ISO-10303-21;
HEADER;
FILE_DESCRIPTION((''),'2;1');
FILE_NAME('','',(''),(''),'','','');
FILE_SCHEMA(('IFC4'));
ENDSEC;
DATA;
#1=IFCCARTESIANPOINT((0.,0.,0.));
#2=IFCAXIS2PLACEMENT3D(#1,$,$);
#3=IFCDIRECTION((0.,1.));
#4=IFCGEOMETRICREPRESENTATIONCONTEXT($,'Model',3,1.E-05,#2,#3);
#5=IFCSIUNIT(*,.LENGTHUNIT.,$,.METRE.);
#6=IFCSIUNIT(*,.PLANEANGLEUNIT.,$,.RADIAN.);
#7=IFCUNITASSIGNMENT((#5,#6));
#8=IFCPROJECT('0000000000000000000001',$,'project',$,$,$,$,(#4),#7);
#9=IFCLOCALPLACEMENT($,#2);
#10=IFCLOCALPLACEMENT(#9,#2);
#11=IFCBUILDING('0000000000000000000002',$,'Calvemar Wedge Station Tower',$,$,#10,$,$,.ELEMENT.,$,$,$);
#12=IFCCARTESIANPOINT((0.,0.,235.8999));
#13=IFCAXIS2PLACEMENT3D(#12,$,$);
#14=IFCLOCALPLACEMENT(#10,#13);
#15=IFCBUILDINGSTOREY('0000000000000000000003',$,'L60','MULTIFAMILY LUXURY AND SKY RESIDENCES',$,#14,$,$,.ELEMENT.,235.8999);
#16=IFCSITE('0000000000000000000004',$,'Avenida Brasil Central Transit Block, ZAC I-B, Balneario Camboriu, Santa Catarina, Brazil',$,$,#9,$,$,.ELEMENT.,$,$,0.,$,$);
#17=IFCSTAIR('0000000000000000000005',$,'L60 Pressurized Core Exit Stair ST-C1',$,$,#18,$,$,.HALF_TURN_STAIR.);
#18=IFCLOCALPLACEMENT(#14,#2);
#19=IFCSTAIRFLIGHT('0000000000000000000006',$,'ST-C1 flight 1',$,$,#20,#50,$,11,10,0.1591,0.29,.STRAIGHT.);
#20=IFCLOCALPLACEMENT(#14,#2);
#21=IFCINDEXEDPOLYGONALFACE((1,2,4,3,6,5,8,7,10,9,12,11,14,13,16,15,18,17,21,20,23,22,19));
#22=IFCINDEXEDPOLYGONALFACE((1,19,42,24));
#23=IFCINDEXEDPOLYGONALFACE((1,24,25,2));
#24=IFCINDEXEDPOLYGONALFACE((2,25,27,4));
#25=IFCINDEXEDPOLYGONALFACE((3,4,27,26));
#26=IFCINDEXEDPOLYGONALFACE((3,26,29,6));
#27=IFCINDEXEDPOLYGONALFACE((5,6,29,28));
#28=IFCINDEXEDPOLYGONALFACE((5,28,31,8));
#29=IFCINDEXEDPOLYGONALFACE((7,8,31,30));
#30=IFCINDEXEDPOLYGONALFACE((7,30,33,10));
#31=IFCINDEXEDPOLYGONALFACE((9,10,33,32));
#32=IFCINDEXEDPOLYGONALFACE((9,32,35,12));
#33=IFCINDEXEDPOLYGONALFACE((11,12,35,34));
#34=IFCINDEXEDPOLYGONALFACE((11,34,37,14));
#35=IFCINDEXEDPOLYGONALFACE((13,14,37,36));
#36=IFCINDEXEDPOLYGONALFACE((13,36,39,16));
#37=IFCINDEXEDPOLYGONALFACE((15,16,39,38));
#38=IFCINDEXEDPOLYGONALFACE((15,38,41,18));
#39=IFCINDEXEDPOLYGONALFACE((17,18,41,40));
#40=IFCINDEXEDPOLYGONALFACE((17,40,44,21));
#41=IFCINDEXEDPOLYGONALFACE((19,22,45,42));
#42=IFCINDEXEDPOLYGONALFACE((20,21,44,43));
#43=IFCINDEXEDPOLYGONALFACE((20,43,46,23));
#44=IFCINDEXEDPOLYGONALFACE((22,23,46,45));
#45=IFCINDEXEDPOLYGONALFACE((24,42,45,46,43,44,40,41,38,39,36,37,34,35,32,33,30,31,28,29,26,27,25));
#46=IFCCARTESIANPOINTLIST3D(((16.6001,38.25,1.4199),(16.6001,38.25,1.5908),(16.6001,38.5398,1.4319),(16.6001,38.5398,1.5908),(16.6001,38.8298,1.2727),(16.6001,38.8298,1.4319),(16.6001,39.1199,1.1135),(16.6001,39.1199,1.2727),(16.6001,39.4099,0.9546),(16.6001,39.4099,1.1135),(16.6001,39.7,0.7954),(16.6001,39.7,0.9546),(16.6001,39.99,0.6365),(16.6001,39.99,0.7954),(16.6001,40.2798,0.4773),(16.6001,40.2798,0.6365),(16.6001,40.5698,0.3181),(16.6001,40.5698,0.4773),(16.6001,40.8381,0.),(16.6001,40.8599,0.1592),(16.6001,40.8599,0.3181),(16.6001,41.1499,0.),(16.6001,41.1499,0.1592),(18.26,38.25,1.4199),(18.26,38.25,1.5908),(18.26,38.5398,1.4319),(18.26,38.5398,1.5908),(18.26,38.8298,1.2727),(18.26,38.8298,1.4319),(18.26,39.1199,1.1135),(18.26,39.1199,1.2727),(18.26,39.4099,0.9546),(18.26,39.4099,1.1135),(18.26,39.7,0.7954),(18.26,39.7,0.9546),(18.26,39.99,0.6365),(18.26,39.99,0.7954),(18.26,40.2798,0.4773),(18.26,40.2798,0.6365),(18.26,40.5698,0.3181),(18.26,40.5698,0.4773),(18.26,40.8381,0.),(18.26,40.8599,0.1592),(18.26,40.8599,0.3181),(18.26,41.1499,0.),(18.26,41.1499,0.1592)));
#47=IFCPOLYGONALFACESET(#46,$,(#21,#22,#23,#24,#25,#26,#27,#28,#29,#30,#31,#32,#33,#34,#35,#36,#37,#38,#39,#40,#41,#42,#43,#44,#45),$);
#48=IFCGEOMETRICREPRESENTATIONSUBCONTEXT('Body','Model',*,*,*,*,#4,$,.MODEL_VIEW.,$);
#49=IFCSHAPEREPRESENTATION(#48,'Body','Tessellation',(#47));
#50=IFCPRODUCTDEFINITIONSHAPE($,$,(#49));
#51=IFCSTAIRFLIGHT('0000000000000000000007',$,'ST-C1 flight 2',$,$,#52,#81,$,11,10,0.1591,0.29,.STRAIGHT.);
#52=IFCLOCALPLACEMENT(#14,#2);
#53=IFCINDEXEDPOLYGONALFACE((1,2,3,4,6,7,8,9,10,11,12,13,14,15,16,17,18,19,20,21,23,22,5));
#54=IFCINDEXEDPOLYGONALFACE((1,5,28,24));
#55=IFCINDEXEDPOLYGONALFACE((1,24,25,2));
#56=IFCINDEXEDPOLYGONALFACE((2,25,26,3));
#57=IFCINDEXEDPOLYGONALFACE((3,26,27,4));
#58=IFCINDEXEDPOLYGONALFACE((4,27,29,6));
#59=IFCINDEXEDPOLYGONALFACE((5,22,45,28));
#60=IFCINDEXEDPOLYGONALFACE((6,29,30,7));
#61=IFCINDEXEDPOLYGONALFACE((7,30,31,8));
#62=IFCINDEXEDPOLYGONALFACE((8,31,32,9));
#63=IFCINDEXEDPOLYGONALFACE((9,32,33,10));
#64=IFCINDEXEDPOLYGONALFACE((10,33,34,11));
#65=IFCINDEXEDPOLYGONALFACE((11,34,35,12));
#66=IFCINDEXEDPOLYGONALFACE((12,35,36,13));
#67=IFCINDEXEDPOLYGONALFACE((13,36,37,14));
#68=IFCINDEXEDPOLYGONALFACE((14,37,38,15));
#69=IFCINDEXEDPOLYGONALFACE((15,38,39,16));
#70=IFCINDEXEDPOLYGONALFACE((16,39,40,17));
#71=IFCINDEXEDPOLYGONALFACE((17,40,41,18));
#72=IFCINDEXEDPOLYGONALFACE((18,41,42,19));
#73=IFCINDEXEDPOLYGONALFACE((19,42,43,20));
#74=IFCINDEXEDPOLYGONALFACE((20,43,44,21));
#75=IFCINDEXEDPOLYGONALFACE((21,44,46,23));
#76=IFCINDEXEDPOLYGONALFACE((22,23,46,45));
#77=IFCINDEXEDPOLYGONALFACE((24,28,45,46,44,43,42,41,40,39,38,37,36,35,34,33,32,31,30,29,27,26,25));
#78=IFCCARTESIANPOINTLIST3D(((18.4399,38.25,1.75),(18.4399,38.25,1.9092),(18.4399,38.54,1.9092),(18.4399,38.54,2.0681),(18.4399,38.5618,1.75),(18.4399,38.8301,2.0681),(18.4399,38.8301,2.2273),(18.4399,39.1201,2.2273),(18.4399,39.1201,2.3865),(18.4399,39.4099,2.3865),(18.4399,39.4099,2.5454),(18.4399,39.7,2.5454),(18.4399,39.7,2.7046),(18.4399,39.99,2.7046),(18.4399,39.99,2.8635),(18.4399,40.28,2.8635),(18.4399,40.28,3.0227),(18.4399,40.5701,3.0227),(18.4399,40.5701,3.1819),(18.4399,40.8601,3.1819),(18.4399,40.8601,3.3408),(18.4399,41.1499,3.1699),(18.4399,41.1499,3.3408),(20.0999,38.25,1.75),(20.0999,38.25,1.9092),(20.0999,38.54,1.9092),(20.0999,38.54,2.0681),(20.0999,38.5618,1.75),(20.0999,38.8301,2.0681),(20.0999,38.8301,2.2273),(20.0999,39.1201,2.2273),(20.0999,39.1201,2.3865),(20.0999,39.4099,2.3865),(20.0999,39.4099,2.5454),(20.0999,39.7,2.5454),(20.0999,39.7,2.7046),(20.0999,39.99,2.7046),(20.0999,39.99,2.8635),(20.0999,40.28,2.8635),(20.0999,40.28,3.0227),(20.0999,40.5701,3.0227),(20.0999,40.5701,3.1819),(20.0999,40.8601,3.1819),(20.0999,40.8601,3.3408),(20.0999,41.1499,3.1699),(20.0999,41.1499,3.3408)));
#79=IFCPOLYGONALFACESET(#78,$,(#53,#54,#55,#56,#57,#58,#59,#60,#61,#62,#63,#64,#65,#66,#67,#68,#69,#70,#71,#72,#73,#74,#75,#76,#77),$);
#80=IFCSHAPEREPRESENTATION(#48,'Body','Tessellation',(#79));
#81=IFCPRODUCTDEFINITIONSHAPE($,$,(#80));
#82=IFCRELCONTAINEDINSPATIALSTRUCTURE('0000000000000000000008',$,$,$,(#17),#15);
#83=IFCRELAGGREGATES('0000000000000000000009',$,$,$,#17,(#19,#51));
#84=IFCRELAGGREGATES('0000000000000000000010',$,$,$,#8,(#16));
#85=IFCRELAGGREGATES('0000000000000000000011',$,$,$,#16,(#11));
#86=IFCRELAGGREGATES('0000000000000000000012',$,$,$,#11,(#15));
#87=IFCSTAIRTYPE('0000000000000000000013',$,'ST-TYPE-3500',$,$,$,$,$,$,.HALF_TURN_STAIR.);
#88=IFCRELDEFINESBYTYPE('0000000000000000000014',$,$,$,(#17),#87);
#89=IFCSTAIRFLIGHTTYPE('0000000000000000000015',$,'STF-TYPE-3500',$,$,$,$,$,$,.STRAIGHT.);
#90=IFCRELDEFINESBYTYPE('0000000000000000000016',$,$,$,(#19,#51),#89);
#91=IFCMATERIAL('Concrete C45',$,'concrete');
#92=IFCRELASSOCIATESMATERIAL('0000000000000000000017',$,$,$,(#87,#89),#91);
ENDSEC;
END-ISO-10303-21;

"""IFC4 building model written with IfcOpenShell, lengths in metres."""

from ifc_helpers import new_model, si_unit, direction, frame, origin, place, context, subcontext, project, spatial, polyline, outline, extrude, material, type_object, element, aggregate, save


model = new_model("IFC4")

# Units and contexts
model_context = context("Model", 3, precision=1e-05, world=origin(), true_north=direction((0.0, 1.0)))
body_context = subcontext(model_context, "Body", "Model", "MODEL_VIEW")
ifc_project = project(units=[si_unit("LENGTHUNIT", "METRE"), si_unit("PLANEANGLEUNIT", "RADIAN")], contexts=[model_context])

# Site, building, storey
site_placement = place(None, origin())
site = spatial("IfcSite", under=ifc_project, at=site_placement, Name="Avenida Brasil Central Transit Block, ZAC I-B, Balneario Camboriu, Santa Catarina, Brazil", CompositionType="ELEMENT", RefElevation=0.0)
building_placement = place(site_placement, origin())
building = spatial("IfcBuilding", under=site, at=building_placement, Name="Calvemar Wedge Station Tower", CompositionType="ELEMENT")
storey_placement = place(building_placement, frame((0.0, 0.0, 235.8999)))
storey = spatial("IfcBuildingStorey", under=building, at=storey_placement, Name="L60", Description="MULTIFAMILY LUXURY AND SKY RESIDENCES", CompositionType="ELEMENT", Elevation=235.8999)

# Stair, stair flights
ifc_material_1 = material(Name="Concrete C45", Category="concrete")
stair_type = type_object("IfcStairType", Name="ST-TYPE-3500", PredefinedType="HALF_TURN_STAIR", material=ifc_material_1)
stair_placement = place(storey_placement, origin())
stair = element("IfcStair", 1, at=stair_placement, inside=storey, type_object=stair_type, Name="L60 Pressurized Core Exit Stair ST-C1", PredefinedType="HALF_TURN_STAIR")
stair_flight_type = type_object("IfcStairFlightType", Name="STF-TYPE-3500", PredefinedType="STRAIGHT", material=ifc_material_1)
stair_flight_1_placement = place(storey_placement, frame((17.4299, 41.1499, 0.0), z_axis=(0.0, 0.0, 1.0), x_axis=(0.0, -1.0, 0.0)))
stair_flight_1 = element("IfcStairFlight", 2, at=stair_flight_1_placement, type_object=stair_flight_type, Name="ST-C1 flight 1", NumberOfRisers=11, NumberOfTreads=10, PredefinedType="STRAIGHT", RiserHeight=0.1591, TreadLength=0.29, context=body_context, shape_type="SweptSolid", body=[
    extrude(outline(polyline([(0.0, 0.0), (0.0, 0.1592), (0.29, 0.1592), (0.29, 0.3181), (0.5801, 0.3181), (0.5801, 0.4773), (0.8701, 0.4773), (0.8701, 0.6365), (1.1599, 0.6365), (1.1599, 0.7954), (1.45, 0.7954), (1.45, 0.9546), (1.74, 0.9546), (1.74, 1.1135), (2.03, 1.1135), (2.03, 1.2727), (2.3201, 1.2727), (2.3201, 1.4319), (2.6101, 1.4319), (2.6101, 1.5908), (2.8999, 1.5908), (2.8999, 1.75), (2.8999, 1.4199), (0.3118, 0.0), (0.0, 0.0)])), frame((0.0, 0.8301, 0.0), z_axis=(0.0, -1.0, 0.0), x_axis=(1.0, 0.0, 0.0)), (0.0, 0.0, 1.0), 1.6599),
])
stair_flight_2_placement = place(storey_placement, frame((19.27, 38.25, 1.75), z_axis=(0.0, 0.0, 1.0), x_axis=(0.0, 1.0, 0.0)))
stair_flight_2 = element("IfcStairFlight", 3, at=stair_flight_2_placement, type_object=stair_flight_type, Name="ST-C1 flight 2", NumberOfRisers=11, NumberOfTreads=10, PredefinedType="STRAIGHT", RiserHeight=0.1591, TreadLength=0.29, context=body_context, shape_type="SweptSolid", body=[
    extrude(outline(polyline([(0.0, 0.0), (0.0, 0.1592), (0.29, 0.1592), (0.29, 0.3181), (0.5801, 0.3181), (0.5801, 0.4773), (0.8701, 0.4773), (0.8701, 0.6365), (1.1599, 0.6365), (1.1599, 0.7954), (1.45, 0.7954), (1.45, 0.9546), (1.74, 0.9546), (1.74, 1.1135), (2.03, 1.1135), (2.03, 1.2727), (2.3201, 1.2727), (2.3201, 1.4319), (2.6101, 1.4319), (2.6101, 1.5908), (2.8999, 1.5908), (2.8999, 1.75), (2.8999, 1.4199), (0.3118, 0.0), (0.0, 0.0)])), frame((0.0, 0.8301, 0.0), z_axis=(0.0, -1.0, 0.0), x_axis=(1.0, 0.0, 0.0)), (0.0, 0.0, 1.0), 1.6599),
])
aggregate(stair, [stair_flight_1, stair_flight_2])

save(model, "model.ifc")
